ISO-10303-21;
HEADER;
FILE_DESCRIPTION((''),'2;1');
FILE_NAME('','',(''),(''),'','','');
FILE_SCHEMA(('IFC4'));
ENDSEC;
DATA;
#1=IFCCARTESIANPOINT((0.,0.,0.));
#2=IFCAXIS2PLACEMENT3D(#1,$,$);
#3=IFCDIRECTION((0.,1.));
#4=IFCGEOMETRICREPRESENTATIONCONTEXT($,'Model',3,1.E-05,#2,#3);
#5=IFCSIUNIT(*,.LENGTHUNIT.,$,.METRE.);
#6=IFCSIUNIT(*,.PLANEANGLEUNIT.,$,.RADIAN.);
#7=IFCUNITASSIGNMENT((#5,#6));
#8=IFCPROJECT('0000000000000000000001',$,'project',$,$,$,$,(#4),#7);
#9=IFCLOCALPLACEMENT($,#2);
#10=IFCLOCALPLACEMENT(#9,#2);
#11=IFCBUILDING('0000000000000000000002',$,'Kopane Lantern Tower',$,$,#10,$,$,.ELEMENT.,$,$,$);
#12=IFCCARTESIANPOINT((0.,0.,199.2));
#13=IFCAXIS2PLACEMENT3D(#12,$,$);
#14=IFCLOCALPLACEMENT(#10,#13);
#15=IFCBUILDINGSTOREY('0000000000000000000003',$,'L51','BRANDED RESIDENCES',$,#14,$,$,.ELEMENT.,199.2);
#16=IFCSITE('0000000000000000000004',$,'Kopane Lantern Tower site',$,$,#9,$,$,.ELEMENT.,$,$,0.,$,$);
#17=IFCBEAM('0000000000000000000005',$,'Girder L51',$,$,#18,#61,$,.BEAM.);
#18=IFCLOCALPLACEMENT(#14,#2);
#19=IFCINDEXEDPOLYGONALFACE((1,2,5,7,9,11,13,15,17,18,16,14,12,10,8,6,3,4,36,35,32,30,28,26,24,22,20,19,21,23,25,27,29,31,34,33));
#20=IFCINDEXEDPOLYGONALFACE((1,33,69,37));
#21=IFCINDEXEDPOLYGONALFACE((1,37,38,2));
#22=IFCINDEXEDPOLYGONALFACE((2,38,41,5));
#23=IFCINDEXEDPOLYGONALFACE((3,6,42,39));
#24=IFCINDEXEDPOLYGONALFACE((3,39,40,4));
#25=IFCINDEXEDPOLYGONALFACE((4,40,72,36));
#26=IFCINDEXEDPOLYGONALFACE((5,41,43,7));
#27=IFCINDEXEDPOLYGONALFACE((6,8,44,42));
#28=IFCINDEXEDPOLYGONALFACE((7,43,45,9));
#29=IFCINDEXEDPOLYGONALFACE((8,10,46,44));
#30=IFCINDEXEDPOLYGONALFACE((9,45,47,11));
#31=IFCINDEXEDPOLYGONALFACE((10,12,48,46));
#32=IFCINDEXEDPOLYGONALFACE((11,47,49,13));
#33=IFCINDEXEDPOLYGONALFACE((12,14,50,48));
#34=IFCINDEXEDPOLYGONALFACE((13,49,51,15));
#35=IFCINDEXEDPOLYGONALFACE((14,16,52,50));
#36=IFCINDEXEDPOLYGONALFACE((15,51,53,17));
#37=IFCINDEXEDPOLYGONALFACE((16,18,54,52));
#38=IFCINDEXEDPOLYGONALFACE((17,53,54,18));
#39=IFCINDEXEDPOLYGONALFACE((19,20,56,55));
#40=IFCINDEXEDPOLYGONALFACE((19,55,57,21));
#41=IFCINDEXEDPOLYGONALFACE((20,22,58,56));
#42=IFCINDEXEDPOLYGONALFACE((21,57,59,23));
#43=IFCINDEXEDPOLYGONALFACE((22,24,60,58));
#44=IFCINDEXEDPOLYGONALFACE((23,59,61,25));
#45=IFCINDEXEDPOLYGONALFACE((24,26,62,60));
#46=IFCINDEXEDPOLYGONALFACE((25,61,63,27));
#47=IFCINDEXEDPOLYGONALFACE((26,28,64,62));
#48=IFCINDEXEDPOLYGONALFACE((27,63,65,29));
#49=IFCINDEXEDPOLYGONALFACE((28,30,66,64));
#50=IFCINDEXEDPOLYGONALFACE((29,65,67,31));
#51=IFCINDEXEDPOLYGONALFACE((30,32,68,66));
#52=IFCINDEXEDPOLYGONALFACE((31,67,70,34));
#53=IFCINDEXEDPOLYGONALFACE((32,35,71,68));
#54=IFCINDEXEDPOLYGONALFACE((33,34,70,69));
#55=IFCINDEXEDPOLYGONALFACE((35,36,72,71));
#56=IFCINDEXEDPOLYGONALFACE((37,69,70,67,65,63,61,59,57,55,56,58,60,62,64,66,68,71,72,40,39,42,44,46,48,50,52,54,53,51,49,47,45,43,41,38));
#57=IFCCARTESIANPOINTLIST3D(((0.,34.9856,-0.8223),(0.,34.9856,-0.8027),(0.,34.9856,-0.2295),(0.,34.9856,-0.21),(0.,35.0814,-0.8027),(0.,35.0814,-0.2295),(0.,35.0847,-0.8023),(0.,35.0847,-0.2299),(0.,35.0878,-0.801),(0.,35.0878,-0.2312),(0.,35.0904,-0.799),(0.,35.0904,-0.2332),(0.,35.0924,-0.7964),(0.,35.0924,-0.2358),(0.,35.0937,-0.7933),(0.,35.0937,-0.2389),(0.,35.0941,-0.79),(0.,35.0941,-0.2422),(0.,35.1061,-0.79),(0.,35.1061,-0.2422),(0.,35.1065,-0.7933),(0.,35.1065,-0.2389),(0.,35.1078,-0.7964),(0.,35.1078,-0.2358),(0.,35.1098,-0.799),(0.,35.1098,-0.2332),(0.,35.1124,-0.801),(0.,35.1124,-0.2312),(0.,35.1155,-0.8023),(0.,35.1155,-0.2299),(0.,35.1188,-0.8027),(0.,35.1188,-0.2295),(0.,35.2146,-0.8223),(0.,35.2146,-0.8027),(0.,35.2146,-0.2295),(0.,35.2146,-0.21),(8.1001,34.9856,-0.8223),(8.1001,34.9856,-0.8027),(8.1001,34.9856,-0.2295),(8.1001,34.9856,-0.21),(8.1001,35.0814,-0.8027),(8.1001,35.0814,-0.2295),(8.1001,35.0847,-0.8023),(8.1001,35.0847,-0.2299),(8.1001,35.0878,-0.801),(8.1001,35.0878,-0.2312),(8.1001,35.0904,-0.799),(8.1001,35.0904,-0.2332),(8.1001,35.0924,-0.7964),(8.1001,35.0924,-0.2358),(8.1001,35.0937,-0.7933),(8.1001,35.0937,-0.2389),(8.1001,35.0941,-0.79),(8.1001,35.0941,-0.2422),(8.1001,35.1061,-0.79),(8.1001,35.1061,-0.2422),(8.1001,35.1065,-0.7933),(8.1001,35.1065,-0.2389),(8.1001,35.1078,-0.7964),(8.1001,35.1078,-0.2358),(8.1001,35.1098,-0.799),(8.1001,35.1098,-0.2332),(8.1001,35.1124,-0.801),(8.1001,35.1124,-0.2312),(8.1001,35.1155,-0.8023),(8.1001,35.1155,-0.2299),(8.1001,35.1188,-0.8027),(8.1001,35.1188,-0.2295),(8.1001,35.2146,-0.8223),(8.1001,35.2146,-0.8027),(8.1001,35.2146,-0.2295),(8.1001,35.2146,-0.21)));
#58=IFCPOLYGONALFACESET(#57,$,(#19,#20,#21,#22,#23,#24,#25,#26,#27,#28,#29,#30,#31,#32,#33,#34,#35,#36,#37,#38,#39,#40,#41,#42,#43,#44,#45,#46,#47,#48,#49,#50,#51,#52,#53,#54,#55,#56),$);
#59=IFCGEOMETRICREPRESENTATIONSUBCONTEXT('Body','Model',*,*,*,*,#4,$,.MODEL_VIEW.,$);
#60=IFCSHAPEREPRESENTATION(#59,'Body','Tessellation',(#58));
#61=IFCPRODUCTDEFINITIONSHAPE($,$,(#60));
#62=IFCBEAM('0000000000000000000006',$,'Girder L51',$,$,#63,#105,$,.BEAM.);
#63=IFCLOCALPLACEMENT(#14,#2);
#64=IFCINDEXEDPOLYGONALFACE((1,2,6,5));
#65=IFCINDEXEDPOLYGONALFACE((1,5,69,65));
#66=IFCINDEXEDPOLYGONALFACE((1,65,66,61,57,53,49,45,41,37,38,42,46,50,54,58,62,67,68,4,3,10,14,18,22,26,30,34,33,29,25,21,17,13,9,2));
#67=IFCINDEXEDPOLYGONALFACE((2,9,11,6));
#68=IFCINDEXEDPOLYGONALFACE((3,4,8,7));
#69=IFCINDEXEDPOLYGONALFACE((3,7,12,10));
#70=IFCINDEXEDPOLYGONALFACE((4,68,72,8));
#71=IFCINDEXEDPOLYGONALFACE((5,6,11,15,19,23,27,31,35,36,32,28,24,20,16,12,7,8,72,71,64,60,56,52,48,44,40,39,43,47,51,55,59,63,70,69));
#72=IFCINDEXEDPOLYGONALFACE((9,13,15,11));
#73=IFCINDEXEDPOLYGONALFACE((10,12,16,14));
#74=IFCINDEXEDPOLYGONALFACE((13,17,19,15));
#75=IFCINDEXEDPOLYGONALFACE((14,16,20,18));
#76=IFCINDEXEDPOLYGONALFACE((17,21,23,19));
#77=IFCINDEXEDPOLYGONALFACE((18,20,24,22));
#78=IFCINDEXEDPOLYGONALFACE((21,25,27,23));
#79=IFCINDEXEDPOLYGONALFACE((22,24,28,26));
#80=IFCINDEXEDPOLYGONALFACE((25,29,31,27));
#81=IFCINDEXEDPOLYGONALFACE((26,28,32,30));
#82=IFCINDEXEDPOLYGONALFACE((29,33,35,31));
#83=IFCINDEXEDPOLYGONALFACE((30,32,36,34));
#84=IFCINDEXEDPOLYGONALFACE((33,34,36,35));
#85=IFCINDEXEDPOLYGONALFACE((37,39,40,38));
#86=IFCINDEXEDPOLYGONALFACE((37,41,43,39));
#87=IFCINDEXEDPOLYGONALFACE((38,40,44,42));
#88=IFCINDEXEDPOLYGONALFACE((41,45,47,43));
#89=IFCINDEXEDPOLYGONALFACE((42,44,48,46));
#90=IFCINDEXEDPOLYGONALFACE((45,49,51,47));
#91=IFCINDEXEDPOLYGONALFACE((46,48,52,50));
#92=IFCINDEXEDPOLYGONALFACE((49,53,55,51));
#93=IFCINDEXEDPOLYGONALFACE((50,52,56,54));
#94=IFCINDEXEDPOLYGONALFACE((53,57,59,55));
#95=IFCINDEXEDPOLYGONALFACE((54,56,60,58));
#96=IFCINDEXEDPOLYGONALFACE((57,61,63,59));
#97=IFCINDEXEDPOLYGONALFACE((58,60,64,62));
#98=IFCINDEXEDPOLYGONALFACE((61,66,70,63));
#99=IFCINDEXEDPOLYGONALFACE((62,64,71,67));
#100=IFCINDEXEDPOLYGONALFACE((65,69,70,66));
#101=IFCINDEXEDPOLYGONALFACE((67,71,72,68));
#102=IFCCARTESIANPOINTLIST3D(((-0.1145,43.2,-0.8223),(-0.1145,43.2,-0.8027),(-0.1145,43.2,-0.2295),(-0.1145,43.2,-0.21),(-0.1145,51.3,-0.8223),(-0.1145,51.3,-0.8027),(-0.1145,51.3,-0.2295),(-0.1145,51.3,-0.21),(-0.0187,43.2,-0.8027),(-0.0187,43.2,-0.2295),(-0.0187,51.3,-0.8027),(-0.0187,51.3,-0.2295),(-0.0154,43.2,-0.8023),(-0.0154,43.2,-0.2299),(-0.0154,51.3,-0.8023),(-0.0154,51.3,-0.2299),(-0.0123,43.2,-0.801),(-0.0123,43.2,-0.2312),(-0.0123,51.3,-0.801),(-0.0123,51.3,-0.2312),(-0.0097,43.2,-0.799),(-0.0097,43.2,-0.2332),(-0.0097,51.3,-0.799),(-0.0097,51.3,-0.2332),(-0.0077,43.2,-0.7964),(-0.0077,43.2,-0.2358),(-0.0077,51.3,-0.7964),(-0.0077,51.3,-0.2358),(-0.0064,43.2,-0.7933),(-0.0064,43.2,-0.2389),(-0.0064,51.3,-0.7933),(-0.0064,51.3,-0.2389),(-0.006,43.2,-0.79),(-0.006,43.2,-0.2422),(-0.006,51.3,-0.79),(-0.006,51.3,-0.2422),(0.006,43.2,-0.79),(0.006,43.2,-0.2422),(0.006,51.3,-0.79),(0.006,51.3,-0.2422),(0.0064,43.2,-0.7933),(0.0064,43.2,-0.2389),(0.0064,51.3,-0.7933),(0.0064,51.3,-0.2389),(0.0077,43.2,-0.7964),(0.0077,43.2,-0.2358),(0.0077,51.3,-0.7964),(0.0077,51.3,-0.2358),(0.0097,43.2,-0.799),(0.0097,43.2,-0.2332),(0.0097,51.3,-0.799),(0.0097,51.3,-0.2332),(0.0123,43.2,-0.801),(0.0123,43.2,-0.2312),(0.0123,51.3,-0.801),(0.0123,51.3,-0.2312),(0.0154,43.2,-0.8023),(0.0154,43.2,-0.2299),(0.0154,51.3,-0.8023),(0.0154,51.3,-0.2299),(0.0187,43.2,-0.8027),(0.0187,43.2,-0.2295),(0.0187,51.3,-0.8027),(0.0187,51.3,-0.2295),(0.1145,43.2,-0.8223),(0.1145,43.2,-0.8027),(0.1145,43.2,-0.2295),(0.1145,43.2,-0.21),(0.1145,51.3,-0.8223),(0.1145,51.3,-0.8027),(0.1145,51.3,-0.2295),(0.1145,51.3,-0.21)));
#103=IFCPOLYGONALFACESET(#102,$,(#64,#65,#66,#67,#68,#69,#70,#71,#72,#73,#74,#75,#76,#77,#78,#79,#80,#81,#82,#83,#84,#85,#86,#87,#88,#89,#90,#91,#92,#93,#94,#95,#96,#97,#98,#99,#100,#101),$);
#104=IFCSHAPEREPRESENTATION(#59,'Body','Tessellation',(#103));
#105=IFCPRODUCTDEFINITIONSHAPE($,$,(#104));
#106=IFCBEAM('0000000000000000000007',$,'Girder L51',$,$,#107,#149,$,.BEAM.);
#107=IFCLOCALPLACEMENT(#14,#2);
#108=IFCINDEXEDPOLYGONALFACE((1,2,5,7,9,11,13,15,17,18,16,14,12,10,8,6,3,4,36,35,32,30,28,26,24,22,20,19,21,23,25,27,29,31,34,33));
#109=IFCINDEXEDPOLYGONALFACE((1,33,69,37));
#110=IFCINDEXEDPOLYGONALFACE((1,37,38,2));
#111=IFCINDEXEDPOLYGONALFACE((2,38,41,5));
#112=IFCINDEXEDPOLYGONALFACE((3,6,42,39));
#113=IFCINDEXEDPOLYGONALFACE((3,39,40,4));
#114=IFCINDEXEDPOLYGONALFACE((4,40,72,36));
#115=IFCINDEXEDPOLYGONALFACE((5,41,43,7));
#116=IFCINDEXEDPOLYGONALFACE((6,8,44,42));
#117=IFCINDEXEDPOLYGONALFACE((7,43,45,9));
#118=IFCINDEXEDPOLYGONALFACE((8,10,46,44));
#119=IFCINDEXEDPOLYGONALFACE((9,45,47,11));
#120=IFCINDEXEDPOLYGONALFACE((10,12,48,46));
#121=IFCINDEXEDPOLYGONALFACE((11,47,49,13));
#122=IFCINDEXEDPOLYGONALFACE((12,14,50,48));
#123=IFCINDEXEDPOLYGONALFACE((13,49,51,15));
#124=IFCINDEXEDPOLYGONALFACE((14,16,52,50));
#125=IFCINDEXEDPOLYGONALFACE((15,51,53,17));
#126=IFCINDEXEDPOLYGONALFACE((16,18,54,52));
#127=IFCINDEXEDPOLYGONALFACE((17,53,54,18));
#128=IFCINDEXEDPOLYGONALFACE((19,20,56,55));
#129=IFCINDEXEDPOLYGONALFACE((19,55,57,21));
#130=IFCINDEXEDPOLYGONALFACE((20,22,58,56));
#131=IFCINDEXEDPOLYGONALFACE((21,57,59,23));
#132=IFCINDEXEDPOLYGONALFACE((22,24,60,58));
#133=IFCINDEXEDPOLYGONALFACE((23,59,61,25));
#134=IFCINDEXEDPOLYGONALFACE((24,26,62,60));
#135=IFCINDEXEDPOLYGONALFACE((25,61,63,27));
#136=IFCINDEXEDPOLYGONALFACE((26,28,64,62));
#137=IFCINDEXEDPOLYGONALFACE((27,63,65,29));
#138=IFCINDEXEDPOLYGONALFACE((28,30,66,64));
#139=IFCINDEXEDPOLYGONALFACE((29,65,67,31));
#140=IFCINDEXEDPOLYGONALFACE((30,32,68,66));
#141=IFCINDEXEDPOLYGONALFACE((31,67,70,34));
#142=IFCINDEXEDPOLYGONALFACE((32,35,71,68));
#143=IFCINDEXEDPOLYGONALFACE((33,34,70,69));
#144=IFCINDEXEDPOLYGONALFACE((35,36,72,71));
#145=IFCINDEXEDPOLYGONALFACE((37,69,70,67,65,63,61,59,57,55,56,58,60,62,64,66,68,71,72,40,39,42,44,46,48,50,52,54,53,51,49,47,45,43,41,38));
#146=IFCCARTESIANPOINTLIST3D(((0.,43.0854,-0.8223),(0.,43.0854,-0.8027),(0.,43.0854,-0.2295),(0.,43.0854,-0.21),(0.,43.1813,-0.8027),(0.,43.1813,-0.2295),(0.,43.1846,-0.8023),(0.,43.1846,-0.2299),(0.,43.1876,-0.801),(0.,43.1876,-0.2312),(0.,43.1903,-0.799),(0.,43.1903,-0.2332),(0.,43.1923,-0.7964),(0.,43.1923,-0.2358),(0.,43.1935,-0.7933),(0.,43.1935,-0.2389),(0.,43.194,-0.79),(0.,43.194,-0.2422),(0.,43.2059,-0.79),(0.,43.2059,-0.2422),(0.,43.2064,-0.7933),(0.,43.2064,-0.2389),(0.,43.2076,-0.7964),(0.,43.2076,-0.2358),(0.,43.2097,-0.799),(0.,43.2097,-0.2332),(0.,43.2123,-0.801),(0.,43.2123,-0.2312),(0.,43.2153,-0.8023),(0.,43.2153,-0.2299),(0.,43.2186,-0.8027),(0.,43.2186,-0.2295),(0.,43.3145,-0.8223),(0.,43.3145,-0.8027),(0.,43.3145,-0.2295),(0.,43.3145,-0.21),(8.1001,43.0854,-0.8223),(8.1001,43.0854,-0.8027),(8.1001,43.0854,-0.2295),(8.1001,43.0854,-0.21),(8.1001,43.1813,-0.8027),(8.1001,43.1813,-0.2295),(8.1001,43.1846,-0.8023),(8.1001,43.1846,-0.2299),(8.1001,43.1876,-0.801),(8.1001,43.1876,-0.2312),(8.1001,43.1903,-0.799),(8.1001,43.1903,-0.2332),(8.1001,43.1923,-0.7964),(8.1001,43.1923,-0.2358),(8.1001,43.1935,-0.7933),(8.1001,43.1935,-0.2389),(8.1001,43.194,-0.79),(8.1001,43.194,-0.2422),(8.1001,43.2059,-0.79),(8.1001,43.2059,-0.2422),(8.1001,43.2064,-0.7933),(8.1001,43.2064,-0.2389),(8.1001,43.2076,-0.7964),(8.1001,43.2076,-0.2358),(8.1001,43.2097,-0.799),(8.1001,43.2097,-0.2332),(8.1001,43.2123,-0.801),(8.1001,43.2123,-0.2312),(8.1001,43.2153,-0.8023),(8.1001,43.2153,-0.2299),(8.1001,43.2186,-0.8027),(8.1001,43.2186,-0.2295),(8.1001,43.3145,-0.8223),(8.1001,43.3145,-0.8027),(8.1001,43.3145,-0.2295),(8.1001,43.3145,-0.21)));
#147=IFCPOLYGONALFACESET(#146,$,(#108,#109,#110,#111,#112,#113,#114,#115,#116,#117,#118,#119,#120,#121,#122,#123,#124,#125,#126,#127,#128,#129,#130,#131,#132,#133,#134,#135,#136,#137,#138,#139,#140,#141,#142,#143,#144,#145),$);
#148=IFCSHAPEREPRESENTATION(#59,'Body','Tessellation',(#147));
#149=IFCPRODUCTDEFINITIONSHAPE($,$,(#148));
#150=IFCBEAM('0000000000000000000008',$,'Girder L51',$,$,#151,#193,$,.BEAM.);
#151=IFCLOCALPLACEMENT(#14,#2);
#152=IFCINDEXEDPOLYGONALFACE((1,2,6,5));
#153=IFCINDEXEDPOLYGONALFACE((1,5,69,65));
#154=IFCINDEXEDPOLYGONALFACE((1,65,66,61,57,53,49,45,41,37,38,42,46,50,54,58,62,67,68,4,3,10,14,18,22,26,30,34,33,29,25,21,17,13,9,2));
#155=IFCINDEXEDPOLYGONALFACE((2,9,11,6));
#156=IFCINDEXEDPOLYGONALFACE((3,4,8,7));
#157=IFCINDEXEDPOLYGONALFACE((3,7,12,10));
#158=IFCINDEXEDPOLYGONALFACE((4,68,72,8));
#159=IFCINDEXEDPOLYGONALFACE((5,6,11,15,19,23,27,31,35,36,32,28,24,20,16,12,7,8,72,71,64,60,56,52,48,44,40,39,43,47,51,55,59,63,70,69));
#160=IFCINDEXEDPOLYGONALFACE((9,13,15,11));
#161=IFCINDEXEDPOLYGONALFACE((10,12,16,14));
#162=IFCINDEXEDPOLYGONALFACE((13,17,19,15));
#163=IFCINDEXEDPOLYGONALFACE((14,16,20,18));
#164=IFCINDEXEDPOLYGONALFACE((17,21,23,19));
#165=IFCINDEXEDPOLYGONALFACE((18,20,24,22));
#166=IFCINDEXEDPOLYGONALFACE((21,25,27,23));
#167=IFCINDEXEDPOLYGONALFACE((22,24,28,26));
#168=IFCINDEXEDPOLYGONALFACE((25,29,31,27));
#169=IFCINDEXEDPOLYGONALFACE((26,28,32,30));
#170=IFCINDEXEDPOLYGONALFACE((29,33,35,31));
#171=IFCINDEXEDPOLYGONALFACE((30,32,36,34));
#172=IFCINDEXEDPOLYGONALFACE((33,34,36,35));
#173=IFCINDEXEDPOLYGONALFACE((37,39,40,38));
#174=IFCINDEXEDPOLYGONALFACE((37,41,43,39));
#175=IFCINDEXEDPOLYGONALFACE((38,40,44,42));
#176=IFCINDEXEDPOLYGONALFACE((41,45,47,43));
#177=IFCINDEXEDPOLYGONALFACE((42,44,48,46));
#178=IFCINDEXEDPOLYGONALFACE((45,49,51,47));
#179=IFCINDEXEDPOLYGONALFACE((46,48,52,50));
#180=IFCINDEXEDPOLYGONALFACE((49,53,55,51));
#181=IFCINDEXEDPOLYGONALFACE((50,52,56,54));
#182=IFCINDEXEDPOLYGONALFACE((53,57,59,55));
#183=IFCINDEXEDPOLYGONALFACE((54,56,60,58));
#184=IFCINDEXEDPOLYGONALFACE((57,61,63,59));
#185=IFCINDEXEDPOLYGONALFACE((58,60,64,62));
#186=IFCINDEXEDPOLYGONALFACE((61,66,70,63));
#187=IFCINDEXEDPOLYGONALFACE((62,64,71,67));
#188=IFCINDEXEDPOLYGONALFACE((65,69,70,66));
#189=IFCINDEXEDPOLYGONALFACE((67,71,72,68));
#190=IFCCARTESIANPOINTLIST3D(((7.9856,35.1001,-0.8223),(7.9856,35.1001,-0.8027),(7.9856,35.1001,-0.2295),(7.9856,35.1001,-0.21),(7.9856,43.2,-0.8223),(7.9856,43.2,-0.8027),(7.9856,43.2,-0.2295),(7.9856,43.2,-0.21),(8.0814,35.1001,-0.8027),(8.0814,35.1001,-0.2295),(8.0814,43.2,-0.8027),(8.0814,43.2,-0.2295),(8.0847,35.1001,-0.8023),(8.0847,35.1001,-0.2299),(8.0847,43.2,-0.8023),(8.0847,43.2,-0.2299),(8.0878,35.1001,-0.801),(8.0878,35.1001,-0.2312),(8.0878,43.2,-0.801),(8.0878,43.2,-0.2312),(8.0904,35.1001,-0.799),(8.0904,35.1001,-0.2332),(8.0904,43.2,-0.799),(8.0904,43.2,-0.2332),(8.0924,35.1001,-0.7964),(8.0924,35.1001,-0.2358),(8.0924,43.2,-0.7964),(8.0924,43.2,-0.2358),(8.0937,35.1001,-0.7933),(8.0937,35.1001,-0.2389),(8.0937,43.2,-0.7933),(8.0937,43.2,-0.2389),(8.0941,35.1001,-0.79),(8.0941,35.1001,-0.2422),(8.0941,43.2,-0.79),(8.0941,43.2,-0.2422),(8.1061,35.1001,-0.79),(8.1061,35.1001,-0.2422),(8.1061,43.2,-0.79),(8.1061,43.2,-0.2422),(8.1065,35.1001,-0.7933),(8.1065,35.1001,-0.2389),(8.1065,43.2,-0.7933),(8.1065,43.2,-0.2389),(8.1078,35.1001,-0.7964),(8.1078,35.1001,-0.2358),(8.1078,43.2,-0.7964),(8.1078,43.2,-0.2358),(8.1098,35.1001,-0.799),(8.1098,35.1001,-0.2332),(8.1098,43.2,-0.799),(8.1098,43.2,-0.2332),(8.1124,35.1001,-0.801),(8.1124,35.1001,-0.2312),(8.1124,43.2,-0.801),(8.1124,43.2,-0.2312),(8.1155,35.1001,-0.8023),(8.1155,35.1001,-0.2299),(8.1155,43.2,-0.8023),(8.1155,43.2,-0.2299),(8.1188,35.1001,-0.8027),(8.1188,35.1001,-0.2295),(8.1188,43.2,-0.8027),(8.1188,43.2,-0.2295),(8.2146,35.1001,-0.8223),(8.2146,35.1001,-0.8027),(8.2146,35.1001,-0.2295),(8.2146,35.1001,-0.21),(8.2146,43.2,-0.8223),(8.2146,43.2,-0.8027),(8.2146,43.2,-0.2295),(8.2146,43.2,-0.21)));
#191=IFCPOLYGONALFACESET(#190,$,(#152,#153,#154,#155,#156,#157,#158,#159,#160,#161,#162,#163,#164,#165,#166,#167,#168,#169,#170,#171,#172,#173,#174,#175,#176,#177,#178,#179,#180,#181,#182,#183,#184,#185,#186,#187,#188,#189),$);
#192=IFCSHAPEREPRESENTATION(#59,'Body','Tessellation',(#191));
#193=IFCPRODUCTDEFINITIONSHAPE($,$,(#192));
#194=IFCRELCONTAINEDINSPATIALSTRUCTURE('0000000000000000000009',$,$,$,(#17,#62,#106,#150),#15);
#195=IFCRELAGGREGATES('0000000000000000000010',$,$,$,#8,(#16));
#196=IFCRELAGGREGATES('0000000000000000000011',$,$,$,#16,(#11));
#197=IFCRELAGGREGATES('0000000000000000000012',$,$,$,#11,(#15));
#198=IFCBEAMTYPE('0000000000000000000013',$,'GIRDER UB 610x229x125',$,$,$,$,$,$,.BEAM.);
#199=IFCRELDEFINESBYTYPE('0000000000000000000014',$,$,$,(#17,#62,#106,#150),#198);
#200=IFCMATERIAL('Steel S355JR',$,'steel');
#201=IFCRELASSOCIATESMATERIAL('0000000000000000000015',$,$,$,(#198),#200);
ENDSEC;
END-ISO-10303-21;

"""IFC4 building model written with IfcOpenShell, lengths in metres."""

from ifc_helpers import new_model, si_unit, direction, frame, origin, origin_2d, place, context, subcontext, project, spatial, i_section, extrude, material, material_profile, profile_set, type_object, element, save


model = new_model("IFC4")

# Units and contexts
model_context = context("Model", 3, precision=1e-05, world=origin(), true_north=direction((0.0, 1.0)))
body_context = subcontext(model_context, "Body", "Model", "MODEL_VIEW")
ifc_project = project(units=[si_unit("LENGTHUNIT", "METRE"), si_unit("PLANEANGLEUNIT", "RADIAN")], contexts=[model_context])

# Site, building, storey
site_placement = place(None, origin())
site = spatial("IfcSite", under=ifc_project, at=site_placement, Name="Kopane Lantern Tower site", CompositionType="ELEMENT", RefElevation=0.0)
building_placement = place(site_placement, origin())
building = spatial("IfcBuilding", under=site, at=building_placement, Name="Kopane Lantern Tower", CompositionType="ELEMENT")
storey_placement = place(building_placement, frame((0.0, 0.0, 199.2)))
storey = spatial("IfcBuildingStorey", under=building, at=storey_placement, Name="L51", Description="BRANDED RESIDENCES", CompositionType="ELEMENT", Elevation=199.2)

# Beams
ifc_material_1 = material(Name="Steel S355JR", Category="steel")
ifc_material_profile_1 = material_profile(ifc_material_1, i_section(OverallWidth=0.229, OverallDepth=0.6123, WebThickness=0.012, FlangeThickness=0.0195, FilletRadius=0.0127, at=origin_2d()), Name="UB 610x229x125")
ifc_profile_set_1 = profile_set([ifc_material_profile_1], Name="Steel S355JR")
beam_type = type_object("IfcBeamType", Name="GIRDER UB 610x229x125", PredefinedType="BEAM", material=ifc_profile_set_1)
for number, where, z_axis, x_axis, name in (
    (1, (0.0, 35.1001, -0.5161), (1.0, 0.0, 0.0), (0.0, 1.0, 0.0), "Girder L51"),
    (2, (0.0, 43.2, -0.5161), (0.0, 1.0, 0.0), (-1.0, 0.0, 0.0), "Girder L51"),
    (3, (0.0, 43.2, -0.5161), (1.0, 0.0, 0.0), (0.0, 1.0, 0.0), "Girder L51"),
):
    element("IfcBeam", number, at=place(storey_placement, frame(where, z_axis=z_axis, x_axis=x_axis)), inside=storey, type_object=beam_type, Name=name, PredefinedType="BEAM", context=body_context, shape_type="SweptSolid", body=[
        extrude(i_section(OverallWidth=0.229, OverallDepth=0.6123, WebThickness=0.012, FlangeThickness=0.0195, FilletRadius=0.0127, at=origin_2d()), origin(), (0.0, 0.0, 1.0), 8.1001),
    ])
for number, where, z_axis, x_axis, name in (
    (4, (8.1001, 35.1001, -0.5161), (0.0, 1.0, 0.0), (-1.0, 0.0, 0.0), "Girder L51"),
):
    element("IfcBeam", number, at=place(storey_placement, frame(where, z_axis=z_axis, x_axis=x_axis)), inside=storey, type_object=beam_type, Name=name, PredefinedType="BEAM", context=body_context, shape_type="SweptSolid", body=[
        extrude(i_section(OverallWidth=0.229, OverallDepth=0.6123, WebThickness=0.012, FlangeThickness=0.0195, FilletRadius=0.0127, at=origin_2d()), origin(), (0.0, 0.0, 1.0), 8.0999),
    ])

save(model, "model.ifc")
